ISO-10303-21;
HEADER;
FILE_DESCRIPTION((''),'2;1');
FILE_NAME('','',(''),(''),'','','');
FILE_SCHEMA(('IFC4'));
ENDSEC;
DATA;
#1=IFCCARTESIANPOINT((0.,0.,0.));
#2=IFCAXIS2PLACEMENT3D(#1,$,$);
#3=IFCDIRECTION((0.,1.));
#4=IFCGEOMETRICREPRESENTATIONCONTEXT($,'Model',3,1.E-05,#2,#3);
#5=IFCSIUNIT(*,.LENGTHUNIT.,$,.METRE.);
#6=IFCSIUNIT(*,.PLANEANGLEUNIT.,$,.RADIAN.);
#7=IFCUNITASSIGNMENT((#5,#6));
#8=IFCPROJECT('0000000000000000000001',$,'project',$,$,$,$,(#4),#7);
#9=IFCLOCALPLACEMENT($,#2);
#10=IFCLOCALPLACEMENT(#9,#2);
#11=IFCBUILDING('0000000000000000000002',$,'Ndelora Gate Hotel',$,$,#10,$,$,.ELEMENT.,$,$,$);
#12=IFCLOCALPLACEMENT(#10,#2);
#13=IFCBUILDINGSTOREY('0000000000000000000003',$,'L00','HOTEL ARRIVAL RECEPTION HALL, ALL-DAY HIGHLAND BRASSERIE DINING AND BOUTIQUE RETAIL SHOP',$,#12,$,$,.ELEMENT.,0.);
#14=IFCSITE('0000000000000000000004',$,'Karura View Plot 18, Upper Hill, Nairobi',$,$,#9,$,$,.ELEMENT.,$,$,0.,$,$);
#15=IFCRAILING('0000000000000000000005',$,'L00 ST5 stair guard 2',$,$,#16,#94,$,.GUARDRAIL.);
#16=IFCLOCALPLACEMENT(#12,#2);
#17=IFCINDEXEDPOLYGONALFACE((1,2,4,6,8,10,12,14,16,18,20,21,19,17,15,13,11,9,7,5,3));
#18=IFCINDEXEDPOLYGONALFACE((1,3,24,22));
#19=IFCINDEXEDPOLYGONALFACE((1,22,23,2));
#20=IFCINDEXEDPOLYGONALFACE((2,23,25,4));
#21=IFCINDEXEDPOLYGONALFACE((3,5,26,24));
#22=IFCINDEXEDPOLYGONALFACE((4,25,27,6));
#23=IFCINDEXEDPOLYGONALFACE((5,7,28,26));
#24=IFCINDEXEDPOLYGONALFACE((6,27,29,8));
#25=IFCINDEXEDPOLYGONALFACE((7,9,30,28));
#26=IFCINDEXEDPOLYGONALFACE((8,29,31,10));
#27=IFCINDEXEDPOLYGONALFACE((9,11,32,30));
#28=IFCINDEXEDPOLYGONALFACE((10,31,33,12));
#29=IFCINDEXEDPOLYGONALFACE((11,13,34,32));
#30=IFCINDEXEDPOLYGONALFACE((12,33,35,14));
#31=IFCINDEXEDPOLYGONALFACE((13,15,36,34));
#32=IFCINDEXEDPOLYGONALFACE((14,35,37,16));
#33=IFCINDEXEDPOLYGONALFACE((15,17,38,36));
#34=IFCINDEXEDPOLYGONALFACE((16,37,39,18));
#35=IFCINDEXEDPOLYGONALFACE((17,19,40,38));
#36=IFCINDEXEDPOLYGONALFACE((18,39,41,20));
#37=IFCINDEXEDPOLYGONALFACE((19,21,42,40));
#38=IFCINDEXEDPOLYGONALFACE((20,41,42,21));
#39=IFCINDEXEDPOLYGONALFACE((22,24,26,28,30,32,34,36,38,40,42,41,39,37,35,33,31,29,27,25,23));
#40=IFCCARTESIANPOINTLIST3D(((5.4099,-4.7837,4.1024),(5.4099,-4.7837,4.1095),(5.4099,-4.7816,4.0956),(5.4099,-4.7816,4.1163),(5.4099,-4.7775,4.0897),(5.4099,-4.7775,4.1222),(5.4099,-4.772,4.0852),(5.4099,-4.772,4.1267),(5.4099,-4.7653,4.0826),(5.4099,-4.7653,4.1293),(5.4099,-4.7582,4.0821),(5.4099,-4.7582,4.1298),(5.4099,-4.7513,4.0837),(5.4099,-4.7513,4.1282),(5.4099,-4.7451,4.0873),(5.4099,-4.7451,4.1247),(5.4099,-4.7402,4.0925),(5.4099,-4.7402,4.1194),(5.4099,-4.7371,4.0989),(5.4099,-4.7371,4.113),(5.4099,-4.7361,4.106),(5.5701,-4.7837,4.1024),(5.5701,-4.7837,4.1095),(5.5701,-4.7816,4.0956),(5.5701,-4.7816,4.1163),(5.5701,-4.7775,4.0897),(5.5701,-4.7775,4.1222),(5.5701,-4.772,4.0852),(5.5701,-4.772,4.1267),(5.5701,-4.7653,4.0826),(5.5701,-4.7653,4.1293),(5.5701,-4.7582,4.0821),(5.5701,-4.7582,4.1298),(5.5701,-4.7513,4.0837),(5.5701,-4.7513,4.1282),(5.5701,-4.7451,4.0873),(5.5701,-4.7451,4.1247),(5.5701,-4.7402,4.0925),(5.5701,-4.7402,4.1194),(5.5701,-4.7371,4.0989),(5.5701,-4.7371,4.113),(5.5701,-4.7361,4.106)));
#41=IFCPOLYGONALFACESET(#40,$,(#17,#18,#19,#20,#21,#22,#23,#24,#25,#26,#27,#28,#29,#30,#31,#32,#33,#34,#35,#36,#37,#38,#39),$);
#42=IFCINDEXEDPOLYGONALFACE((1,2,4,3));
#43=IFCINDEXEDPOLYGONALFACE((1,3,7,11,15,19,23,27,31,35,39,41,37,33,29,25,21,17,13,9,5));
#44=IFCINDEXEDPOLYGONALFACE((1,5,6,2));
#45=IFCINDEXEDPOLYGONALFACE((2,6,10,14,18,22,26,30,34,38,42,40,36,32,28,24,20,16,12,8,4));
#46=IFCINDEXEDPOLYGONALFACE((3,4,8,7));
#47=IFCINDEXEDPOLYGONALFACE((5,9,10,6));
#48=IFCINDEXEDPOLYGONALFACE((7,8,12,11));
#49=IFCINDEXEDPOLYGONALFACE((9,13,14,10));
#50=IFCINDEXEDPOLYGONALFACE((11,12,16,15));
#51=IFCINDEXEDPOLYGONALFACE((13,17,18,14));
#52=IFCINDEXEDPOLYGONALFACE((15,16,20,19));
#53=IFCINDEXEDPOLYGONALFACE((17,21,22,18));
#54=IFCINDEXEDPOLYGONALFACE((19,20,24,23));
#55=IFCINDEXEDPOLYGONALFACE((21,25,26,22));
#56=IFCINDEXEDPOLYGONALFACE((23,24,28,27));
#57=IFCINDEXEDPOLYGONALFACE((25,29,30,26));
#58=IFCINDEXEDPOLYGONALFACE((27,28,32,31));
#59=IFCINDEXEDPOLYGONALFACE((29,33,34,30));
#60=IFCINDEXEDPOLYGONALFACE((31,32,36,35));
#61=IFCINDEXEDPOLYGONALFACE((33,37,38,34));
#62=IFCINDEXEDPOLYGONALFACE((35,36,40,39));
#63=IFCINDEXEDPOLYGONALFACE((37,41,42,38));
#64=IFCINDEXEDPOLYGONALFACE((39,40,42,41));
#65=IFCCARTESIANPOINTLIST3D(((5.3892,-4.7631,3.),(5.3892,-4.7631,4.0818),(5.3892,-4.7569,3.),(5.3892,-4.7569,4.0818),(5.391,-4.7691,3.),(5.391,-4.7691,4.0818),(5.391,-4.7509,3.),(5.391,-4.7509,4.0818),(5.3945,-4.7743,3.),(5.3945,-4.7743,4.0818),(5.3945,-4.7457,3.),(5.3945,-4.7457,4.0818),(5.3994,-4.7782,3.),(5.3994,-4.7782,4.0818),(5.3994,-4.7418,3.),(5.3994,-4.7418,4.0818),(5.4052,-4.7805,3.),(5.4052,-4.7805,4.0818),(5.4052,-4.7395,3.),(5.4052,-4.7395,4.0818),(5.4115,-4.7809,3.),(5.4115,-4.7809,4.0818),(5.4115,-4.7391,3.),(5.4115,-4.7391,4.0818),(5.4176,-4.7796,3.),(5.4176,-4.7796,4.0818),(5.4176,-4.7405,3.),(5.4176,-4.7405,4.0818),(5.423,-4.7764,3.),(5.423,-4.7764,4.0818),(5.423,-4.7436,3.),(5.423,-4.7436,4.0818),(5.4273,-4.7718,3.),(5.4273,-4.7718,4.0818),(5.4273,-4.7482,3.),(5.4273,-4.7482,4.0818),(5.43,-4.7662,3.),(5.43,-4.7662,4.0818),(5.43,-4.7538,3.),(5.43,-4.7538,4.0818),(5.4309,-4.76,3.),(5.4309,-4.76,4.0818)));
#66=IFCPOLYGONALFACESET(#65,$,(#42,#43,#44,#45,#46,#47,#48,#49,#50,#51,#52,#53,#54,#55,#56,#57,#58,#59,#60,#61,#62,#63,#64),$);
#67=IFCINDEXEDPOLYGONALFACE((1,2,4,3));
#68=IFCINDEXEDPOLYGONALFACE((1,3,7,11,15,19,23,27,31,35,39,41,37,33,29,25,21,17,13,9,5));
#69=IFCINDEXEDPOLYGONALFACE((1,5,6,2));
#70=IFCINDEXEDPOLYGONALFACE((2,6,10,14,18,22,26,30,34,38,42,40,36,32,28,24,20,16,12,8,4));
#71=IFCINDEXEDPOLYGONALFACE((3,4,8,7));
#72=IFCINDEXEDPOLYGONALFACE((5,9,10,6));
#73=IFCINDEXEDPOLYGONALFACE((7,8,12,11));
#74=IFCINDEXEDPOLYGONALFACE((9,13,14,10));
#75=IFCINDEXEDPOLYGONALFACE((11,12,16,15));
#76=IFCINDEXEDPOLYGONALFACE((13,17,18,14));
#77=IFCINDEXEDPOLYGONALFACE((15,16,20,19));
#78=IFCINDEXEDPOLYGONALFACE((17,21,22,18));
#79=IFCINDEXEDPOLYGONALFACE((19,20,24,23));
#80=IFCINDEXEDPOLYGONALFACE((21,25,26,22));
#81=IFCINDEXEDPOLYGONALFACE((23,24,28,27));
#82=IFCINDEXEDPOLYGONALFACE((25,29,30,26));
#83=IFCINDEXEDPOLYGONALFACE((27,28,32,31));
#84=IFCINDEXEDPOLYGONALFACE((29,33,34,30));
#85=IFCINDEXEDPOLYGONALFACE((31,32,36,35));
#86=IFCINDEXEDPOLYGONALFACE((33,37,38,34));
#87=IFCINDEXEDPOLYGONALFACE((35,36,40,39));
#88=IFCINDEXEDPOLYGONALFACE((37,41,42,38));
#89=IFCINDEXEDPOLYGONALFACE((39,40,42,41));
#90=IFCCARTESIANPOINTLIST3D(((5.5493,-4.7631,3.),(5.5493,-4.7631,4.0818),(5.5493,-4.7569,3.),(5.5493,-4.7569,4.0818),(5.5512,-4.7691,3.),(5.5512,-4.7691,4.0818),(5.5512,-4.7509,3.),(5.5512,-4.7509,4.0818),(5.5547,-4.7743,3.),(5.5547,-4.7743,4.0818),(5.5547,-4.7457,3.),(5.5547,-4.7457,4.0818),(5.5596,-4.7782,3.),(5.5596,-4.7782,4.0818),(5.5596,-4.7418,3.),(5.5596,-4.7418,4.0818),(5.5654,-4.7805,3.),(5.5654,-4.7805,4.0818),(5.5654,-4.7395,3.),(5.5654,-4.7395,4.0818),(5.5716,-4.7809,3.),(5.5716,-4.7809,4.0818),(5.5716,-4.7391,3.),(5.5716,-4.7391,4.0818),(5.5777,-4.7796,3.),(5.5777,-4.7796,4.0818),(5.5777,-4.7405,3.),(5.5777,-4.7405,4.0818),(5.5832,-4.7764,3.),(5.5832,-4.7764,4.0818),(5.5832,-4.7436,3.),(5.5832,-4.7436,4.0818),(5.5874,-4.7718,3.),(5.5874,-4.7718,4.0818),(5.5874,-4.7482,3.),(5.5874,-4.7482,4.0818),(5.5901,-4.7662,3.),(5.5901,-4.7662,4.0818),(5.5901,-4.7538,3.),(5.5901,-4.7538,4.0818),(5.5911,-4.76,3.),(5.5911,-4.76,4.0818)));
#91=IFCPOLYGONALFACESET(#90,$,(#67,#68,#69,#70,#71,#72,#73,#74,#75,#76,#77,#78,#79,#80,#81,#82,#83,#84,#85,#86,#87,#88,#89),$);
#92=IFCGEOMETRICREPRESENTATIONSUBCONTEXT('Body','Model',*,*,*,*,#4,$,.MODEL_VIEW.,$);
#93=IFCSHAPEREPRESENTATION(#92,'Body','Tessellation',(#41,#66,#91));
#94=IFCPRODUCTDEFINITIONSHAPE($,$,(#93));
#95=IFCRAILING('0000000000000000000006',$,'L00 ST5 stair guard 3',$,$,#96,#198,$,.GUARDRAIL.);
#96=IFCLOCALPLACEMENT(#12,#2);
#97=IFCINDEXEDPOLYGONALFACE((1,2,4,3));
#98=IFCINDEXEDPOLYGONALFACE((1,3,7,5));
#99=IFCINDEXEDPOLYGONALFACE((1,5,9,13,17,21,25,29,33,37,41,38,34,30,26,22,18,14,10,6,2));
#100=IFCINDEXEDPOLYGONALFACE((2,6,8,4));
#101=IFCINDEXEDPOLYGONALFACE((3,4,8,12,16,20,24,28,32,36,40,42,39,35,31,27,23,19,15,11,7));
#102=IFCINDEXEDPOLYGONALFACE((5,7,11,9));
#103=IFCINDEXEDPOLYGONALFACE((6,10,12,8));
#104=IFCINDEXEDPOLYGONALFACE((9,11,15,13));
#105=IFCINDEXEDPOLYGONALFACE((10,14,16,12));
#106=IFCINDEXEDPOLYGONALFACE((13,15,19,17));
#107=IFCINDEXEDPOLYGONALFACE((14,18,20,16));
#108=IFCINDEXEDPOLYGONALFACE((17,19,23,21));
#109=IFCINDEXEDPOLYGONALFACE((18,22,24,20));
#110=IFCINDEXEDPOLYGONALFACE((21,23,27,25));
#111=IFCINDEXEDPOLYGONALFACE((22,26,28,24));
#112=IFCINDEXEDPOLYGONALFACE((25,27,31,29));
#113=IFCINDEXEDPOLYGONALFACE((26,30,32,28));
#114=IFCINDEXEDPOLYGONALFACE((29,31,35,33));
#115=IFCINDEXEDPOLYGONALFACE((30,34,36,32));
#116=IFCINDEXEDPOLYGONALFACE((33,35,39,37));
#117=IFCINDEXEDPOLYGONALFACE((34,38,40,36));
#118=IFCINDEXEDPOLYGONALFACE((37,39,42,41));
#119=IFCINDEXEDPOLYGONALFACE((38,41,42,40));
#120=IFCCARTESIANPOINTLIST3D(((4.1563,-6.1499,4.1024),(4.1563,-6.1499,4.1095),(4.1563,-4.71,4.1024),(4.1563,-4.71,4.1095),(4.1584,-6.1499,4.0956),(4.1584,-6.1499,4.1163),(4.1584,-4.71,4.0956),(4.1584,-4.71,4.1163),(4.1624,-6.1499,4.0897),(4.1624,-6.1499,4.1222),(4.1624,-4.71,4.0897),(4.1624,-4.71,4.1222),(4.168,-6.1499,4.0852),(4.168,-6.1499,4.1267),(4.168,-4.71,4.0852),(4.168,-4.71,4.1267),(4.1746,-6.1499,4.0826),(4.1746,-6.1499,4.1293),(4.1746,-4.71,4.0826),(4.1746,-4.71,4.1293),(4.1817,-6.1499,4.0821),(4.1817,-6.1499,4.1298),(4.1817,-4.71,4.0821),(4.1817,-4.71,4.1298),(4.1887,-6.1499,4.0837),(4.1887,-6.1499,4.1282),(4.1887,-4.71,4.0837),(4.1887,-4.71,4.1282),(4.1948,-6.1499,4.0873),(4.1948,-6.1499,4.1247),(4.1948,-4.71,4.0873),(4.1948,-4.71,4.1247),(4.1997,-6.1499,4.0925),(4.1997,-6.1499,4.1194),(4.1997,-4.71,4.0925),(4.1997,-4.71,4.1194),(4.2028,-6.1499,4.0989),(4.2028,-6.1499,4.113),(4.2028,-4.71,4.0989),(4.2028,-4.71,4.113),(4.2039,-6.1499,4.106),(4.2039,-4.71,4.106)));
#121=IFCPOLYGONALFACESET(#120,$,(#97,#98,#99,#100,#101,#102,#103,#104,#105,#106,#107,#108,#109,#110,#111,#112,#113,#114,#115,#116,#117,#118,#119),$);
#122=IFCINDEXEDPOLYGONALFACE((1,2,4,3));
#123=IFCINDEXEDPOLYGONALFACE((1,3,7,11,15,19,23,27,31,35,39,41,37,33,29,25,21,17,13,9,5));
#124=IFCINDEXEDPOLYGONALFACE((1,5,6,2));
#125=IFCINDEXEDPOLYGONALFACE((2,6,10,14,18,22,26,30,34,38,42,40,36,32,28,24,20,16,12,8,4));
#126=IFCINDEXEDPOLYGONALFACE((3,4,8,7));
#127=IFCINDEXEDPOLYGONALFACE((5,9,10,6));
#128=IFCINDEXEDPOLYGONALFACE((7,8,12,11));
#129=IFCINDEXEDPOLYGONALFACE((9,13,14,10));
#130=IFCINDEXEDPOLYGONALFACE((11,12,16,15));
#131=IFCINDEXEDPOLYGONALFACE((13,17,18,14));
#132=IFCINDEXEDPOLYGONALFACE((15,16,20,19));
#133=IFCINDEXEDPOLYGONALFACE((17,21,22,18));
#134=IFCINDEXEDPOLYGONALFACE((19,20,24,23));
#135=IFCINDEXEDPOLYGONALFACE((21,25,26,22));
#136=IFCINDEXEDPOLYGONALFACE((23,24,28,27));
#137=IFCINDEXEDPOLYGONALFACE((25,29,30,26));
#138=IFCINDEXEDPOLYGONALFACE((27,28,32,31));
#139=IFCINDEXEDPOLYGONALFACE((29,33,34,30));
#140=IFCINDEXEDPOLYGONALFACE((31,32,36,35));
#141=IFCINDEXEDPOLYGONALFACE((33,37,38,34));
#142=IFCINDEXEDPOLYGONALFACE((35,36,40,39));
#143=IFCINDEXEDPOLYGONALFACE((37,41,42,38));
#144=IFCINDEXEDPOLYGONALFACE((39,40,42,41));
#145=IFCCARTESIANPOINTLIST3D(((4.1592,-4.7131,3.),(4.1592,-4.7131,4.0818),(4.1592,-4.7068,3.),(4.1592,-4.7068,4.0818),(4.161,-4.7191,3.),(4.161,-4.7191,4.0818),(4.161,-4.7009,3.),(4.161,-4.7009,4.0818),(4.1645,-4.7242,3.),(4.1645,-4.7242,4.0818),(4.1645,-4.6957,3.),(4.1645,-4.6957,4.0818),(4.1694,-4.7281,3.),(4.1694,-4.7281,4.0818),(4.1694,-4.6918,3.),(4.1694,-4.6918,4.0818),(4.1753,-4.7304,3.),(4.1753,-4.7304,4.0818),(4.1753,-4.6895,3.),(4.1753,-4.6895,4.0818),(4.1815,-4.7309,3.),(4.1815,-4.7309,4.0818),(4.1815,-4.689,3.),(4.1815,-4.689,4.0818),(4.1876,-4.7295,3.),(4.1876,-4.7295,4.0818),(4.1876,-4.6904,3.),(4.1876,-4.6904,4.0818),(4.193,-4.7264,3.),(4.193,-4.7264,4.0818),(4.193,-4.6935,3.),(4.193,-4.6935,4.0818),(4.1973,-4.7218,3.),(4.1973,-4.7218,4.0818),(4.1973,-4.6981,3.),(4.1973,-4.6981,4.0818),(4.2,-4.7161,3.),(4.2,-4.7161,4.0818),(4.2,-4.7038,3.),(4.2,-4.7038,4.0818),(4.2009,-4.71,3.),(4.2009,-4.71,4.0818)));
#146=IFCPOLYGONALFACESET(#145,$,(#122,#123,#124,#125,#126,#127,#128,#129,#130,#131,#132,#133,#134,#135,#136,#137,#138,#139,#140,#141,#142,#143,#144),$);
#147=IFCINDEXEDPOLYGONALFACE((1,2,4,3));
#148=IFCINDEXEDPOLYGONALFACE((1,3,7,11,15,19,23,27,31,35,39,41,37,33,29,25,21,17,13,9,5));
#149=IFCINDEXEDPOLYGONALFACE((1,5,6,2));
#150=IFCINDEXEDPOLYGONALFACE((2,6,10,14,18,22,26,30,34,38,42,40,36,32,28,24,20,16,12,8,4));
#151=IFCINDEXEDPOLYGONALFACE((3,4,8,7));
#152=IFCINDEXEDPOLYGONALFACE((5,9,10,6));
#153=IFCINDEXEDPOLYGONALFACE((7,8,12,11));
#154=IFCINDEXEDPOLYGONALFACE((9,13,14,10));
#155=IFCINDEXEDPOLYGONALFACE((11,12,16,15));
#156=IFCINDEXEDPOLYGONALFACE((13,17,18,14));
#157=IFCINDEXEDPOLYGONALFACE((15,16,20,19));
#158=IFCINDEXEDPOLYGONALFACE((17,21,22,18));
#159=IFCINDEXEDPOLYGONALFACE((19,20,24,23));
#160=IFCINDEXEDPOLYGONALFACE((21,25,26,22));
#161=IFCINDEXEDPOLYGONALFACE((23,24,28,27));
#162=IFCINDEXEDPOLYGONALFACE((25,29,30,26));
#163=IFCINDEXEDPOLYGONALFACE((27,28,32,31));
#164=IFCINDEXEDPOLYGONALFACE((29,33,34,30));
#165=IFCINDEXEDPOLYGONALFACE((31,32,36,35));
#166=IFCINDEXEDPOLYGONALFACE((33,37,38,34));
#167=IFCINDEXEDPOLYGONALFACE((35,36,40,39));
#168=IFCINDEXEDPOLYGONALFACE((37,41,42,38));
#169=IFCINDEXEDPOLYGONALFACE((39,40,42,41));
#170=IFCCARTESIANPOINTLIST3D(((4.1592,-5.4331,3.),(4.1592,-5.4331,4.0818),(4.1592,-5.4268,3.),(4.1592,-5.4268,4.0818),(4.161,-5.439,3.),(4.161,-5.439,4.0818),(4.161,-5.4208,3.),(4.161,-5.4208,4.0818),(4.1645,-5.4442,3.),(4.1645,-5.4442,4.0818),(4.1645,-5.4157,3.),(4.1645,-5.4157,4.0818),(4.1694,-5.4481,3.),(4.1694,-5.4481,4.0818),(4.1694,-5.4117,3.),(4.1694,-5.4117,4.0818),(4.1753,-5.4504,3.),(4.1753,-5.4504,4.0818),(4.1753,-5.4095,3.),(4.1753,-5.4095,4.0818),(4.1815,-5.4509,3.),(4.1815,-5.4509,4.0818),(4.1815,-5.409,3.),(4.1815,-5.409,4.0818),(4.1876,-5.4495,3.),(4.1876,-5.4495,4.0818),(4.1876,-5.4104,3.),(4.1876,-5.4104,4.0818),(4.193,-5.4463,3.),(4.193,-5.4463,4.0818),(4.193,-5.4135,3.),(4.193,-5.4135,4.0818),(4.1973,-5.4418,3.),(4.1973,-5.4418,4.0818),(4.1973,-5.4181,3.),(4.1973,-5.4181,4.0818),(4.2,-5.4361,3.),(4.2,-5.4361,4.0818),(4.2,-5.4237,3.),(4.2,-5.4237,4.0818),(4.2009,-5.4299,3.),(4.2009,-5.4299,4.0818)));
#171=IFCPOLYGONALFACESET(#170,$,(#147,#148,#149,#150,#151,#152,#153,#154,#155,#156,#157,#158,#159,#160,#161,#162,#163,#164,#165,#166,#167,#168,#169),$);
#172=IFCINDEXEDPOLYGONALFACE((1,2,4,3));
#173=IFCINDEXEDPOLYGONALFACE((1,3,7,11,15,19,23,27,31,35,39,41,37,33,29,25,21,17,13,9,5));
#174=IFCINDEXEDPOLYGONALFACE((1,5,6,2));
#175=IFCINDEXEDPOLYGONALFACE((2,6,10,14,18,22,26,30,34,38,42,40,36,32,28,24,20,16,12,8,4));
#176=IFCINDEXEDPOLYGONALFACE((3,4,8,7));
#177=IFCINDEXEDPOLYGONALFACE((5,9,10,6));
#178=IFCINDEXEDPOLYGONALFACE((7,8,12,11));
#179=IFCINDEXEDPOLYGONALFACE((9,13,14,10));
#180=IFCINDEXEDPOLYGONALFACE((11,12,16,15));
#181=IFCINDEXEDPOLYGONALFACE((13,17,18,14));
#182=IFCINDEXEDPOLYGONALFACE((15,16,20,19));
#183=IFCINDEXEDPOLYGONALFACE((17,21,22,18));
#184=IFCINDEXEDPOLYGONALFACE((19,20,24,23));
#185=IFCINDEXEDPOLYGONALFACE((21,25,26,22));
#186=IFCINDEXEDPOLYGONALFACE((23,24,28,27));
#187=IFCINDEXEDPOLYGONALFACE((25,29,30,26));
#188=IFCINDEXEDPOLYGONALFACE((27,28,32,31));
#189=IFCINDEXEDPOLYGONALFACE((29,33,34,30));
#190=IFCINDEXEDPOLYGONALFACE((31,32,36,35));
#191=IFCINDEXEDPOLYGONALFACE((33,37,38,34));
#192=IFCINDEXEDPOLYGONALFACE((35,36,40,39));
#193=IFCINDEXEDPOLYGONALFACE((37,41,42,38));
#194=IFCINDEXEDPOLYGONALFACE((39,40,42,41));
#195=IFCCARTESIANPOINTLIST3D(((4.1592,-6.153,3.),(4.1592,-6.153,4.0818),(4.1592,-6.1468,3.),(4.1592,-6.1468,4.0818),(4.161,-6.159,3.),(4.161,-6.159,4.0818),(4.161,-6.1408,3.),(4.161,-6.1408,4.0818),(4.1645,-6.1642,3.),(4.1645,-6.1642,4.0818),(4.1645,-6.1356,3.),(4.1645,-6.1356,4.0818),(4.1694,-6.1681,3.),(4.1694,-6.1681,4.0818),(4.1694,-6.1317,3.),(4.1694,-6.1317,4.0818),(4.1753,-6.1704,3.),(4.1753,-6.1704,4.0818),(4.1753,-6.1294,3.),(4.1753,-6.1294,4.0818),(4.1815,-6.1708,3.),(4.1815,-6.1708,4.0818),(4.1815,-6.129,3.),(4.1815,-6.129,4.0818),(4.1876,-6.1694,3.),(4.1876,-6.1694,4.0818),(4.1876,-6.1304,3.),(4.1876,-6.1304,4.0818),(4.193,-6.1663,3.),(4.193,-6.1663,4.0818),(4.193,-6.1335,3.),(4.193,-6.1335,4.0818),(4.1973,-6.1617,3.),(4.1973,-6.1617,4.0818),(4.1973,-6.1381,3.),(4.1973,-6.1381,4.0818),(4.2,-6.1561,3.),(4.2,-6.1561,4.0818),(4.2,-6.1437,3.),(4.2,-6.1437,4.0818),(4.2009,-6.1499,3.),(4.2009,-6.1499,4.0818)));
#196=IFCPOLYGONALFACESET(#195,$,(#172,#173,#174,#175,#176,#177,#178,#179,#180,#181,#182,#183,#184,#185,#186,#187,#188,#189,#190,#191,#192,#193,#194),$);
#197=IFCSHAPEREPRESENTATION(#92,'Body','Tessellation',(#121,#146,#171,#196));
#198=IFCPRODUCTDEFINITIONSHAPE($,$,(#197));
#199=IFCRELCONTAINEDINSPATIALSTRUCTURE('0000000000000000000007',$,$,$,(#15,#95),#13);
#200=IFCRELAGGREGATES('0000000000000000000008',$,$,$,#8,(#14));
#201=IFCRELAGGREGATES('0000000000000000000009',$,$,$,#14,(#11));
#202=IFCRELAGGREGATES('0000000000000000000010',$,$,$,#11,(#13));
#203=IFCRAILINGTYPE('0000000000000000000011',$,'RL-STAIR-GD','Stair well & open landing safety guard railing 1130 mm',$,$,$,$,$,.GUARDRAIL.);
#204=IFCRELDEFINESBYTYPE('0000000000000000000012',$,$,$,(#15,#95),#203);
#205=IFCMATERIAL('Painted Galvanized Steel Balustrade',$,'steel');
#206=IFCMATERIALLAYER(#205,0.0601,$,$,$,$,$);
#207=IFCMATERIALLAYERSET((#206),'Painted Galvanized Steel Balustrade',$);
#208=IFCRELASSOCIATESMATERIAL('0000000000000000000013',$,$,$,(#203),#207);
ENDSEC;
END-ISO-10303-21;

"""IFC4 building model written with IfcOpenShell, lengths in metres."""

from ifc_helpers import new_model, si_unit, direction, frame, origin, origin_2d, place, context, subcontext, project, spatial, circle, extrude, material, layer, layer_set, type_object, element, save


model = new_model("IFC4")

# Units and contexts
model_context = context("Model", 3, precision=1e-05, world=origin(), true_north=direction((0.0, 1.0)))
body_context = subcontext(model_context, "Body", "Model", "MODEL_VIEW")
ifc_project = project(units=[si_unit("LENGTHUNIT", "METRE"), si_unit("PLANEANGLEUNIT", "RADIAN")], contexts=[model_context])

# Site, building, storey
site_placement = place(None, origin())
site = spatial("IfcSite", under=ifc_project, at=site_placement, Name="Karura View Plot 18, Upper Hill, Nairobi", CompositionType="ELEMENT", RefElevation=0.0)
building_placement = place(site_placement, origin())
building = spatial("IfcBuilding", under=site, at=building_placement, Name="Ndelora Gate Hotel", CompositionType="ELEMENT")
storey_placement = place(building_placement, origin())
storey = spatial("IfcBuildingStorey", under=building, at=storey_placement, Name="L00", Description="HOTEL ARRIVAL RECEPTION HALL, ALL-DAY HIGHLAND BRASSERIE DINING AND BOUTIQUE RETAIL SHOP", CompositionType="ELEMENT", Elevation=0.0)

# Railings
ifc_material_1 = material(Name="Painted Galvanized Steel Balustrade", Category="steel")
ifc_layer_1 = layer(ifc_material_1, 0.0601)
ifc_layer_set_1 = layer_set([ifc_layer_1], Name="Painted Galvanized Steel Balustrade")
railing_type_1 = type_object("IfcRailingType", Name="RL-STAIR-GD", Description="Stair well & open landing safety guard railing 1130 mm", PredefinedType="GUARDRAIL", material=ifc_layer_set_1)
railing_1_placement = place(storey_placement, frame((5.4099, -4.76, 3.0)))
element("IfcRailing", 1, at=railing_1_placement, inside=storey, type_object=railing_type_1, Name="L00 ST5 stair guard 2", PredefinedType="GUARDRAIL", context=body_context, shape_type="SweptSolid", body=[
    extrude(circle(Radius=0.0239, at=origin_2d()), frame((0.0, 0.0, 1.106), z_axis=(1.0, 0.0, 0.0), x_axis=(0.0, 1.0, 0.0)), (0.0, 0.0, 1.0), 0.1602),
    extrude(circle(Radius=0.021, at=origin_2d()), origin(), (0.0, 0.0, 1.0), 1.0818),
    extrude(circle(Radius=0.021, at=origin_2d()), frame((0.1602, 0.0, 0.0)), (0.0, 0.0, 1.0), 1.0818),
])
for number, where, name in (
    (2, (4.1799, -4.71, 3.0), "L00 ST5 stair guard 3"),
):
    element("IfcRailing", number, at=place(storey_placement, frame(where)), inside=storey, type_object=railing_type_1, Name=name, PredefinedType="GUARDRAIL", context=body_context, shape_type="SweptSolid", body=[
        extrude(circle(Radius=0.0239, at=origin_2d()), frame((0.0, 0.0, 1.106), z_axis=(0.0, -1.0, 0.0), x_axis=(1.0, 0.0, 0.0)), (0.0, 0.0, 1.0), 1.4399),
        extrude(circle(Radius=0.021, at=origin_2d()), origin(), (0.0, 0.0, 1.0), 1.0818),
        extrude(circle(Radius=0.021, at=origin_2d()), frame((0.0, -0.72, 0.0)), (0.0, 0.0, 1.0), 1.0818),
        extrude(circle(Radius=0.021, at=origin_2d()), frame((0.0, -1.4399, 0.0)), (0.0, 0.0, 1.0), 1.0818),
    ])

save(model, "model.ifc")
